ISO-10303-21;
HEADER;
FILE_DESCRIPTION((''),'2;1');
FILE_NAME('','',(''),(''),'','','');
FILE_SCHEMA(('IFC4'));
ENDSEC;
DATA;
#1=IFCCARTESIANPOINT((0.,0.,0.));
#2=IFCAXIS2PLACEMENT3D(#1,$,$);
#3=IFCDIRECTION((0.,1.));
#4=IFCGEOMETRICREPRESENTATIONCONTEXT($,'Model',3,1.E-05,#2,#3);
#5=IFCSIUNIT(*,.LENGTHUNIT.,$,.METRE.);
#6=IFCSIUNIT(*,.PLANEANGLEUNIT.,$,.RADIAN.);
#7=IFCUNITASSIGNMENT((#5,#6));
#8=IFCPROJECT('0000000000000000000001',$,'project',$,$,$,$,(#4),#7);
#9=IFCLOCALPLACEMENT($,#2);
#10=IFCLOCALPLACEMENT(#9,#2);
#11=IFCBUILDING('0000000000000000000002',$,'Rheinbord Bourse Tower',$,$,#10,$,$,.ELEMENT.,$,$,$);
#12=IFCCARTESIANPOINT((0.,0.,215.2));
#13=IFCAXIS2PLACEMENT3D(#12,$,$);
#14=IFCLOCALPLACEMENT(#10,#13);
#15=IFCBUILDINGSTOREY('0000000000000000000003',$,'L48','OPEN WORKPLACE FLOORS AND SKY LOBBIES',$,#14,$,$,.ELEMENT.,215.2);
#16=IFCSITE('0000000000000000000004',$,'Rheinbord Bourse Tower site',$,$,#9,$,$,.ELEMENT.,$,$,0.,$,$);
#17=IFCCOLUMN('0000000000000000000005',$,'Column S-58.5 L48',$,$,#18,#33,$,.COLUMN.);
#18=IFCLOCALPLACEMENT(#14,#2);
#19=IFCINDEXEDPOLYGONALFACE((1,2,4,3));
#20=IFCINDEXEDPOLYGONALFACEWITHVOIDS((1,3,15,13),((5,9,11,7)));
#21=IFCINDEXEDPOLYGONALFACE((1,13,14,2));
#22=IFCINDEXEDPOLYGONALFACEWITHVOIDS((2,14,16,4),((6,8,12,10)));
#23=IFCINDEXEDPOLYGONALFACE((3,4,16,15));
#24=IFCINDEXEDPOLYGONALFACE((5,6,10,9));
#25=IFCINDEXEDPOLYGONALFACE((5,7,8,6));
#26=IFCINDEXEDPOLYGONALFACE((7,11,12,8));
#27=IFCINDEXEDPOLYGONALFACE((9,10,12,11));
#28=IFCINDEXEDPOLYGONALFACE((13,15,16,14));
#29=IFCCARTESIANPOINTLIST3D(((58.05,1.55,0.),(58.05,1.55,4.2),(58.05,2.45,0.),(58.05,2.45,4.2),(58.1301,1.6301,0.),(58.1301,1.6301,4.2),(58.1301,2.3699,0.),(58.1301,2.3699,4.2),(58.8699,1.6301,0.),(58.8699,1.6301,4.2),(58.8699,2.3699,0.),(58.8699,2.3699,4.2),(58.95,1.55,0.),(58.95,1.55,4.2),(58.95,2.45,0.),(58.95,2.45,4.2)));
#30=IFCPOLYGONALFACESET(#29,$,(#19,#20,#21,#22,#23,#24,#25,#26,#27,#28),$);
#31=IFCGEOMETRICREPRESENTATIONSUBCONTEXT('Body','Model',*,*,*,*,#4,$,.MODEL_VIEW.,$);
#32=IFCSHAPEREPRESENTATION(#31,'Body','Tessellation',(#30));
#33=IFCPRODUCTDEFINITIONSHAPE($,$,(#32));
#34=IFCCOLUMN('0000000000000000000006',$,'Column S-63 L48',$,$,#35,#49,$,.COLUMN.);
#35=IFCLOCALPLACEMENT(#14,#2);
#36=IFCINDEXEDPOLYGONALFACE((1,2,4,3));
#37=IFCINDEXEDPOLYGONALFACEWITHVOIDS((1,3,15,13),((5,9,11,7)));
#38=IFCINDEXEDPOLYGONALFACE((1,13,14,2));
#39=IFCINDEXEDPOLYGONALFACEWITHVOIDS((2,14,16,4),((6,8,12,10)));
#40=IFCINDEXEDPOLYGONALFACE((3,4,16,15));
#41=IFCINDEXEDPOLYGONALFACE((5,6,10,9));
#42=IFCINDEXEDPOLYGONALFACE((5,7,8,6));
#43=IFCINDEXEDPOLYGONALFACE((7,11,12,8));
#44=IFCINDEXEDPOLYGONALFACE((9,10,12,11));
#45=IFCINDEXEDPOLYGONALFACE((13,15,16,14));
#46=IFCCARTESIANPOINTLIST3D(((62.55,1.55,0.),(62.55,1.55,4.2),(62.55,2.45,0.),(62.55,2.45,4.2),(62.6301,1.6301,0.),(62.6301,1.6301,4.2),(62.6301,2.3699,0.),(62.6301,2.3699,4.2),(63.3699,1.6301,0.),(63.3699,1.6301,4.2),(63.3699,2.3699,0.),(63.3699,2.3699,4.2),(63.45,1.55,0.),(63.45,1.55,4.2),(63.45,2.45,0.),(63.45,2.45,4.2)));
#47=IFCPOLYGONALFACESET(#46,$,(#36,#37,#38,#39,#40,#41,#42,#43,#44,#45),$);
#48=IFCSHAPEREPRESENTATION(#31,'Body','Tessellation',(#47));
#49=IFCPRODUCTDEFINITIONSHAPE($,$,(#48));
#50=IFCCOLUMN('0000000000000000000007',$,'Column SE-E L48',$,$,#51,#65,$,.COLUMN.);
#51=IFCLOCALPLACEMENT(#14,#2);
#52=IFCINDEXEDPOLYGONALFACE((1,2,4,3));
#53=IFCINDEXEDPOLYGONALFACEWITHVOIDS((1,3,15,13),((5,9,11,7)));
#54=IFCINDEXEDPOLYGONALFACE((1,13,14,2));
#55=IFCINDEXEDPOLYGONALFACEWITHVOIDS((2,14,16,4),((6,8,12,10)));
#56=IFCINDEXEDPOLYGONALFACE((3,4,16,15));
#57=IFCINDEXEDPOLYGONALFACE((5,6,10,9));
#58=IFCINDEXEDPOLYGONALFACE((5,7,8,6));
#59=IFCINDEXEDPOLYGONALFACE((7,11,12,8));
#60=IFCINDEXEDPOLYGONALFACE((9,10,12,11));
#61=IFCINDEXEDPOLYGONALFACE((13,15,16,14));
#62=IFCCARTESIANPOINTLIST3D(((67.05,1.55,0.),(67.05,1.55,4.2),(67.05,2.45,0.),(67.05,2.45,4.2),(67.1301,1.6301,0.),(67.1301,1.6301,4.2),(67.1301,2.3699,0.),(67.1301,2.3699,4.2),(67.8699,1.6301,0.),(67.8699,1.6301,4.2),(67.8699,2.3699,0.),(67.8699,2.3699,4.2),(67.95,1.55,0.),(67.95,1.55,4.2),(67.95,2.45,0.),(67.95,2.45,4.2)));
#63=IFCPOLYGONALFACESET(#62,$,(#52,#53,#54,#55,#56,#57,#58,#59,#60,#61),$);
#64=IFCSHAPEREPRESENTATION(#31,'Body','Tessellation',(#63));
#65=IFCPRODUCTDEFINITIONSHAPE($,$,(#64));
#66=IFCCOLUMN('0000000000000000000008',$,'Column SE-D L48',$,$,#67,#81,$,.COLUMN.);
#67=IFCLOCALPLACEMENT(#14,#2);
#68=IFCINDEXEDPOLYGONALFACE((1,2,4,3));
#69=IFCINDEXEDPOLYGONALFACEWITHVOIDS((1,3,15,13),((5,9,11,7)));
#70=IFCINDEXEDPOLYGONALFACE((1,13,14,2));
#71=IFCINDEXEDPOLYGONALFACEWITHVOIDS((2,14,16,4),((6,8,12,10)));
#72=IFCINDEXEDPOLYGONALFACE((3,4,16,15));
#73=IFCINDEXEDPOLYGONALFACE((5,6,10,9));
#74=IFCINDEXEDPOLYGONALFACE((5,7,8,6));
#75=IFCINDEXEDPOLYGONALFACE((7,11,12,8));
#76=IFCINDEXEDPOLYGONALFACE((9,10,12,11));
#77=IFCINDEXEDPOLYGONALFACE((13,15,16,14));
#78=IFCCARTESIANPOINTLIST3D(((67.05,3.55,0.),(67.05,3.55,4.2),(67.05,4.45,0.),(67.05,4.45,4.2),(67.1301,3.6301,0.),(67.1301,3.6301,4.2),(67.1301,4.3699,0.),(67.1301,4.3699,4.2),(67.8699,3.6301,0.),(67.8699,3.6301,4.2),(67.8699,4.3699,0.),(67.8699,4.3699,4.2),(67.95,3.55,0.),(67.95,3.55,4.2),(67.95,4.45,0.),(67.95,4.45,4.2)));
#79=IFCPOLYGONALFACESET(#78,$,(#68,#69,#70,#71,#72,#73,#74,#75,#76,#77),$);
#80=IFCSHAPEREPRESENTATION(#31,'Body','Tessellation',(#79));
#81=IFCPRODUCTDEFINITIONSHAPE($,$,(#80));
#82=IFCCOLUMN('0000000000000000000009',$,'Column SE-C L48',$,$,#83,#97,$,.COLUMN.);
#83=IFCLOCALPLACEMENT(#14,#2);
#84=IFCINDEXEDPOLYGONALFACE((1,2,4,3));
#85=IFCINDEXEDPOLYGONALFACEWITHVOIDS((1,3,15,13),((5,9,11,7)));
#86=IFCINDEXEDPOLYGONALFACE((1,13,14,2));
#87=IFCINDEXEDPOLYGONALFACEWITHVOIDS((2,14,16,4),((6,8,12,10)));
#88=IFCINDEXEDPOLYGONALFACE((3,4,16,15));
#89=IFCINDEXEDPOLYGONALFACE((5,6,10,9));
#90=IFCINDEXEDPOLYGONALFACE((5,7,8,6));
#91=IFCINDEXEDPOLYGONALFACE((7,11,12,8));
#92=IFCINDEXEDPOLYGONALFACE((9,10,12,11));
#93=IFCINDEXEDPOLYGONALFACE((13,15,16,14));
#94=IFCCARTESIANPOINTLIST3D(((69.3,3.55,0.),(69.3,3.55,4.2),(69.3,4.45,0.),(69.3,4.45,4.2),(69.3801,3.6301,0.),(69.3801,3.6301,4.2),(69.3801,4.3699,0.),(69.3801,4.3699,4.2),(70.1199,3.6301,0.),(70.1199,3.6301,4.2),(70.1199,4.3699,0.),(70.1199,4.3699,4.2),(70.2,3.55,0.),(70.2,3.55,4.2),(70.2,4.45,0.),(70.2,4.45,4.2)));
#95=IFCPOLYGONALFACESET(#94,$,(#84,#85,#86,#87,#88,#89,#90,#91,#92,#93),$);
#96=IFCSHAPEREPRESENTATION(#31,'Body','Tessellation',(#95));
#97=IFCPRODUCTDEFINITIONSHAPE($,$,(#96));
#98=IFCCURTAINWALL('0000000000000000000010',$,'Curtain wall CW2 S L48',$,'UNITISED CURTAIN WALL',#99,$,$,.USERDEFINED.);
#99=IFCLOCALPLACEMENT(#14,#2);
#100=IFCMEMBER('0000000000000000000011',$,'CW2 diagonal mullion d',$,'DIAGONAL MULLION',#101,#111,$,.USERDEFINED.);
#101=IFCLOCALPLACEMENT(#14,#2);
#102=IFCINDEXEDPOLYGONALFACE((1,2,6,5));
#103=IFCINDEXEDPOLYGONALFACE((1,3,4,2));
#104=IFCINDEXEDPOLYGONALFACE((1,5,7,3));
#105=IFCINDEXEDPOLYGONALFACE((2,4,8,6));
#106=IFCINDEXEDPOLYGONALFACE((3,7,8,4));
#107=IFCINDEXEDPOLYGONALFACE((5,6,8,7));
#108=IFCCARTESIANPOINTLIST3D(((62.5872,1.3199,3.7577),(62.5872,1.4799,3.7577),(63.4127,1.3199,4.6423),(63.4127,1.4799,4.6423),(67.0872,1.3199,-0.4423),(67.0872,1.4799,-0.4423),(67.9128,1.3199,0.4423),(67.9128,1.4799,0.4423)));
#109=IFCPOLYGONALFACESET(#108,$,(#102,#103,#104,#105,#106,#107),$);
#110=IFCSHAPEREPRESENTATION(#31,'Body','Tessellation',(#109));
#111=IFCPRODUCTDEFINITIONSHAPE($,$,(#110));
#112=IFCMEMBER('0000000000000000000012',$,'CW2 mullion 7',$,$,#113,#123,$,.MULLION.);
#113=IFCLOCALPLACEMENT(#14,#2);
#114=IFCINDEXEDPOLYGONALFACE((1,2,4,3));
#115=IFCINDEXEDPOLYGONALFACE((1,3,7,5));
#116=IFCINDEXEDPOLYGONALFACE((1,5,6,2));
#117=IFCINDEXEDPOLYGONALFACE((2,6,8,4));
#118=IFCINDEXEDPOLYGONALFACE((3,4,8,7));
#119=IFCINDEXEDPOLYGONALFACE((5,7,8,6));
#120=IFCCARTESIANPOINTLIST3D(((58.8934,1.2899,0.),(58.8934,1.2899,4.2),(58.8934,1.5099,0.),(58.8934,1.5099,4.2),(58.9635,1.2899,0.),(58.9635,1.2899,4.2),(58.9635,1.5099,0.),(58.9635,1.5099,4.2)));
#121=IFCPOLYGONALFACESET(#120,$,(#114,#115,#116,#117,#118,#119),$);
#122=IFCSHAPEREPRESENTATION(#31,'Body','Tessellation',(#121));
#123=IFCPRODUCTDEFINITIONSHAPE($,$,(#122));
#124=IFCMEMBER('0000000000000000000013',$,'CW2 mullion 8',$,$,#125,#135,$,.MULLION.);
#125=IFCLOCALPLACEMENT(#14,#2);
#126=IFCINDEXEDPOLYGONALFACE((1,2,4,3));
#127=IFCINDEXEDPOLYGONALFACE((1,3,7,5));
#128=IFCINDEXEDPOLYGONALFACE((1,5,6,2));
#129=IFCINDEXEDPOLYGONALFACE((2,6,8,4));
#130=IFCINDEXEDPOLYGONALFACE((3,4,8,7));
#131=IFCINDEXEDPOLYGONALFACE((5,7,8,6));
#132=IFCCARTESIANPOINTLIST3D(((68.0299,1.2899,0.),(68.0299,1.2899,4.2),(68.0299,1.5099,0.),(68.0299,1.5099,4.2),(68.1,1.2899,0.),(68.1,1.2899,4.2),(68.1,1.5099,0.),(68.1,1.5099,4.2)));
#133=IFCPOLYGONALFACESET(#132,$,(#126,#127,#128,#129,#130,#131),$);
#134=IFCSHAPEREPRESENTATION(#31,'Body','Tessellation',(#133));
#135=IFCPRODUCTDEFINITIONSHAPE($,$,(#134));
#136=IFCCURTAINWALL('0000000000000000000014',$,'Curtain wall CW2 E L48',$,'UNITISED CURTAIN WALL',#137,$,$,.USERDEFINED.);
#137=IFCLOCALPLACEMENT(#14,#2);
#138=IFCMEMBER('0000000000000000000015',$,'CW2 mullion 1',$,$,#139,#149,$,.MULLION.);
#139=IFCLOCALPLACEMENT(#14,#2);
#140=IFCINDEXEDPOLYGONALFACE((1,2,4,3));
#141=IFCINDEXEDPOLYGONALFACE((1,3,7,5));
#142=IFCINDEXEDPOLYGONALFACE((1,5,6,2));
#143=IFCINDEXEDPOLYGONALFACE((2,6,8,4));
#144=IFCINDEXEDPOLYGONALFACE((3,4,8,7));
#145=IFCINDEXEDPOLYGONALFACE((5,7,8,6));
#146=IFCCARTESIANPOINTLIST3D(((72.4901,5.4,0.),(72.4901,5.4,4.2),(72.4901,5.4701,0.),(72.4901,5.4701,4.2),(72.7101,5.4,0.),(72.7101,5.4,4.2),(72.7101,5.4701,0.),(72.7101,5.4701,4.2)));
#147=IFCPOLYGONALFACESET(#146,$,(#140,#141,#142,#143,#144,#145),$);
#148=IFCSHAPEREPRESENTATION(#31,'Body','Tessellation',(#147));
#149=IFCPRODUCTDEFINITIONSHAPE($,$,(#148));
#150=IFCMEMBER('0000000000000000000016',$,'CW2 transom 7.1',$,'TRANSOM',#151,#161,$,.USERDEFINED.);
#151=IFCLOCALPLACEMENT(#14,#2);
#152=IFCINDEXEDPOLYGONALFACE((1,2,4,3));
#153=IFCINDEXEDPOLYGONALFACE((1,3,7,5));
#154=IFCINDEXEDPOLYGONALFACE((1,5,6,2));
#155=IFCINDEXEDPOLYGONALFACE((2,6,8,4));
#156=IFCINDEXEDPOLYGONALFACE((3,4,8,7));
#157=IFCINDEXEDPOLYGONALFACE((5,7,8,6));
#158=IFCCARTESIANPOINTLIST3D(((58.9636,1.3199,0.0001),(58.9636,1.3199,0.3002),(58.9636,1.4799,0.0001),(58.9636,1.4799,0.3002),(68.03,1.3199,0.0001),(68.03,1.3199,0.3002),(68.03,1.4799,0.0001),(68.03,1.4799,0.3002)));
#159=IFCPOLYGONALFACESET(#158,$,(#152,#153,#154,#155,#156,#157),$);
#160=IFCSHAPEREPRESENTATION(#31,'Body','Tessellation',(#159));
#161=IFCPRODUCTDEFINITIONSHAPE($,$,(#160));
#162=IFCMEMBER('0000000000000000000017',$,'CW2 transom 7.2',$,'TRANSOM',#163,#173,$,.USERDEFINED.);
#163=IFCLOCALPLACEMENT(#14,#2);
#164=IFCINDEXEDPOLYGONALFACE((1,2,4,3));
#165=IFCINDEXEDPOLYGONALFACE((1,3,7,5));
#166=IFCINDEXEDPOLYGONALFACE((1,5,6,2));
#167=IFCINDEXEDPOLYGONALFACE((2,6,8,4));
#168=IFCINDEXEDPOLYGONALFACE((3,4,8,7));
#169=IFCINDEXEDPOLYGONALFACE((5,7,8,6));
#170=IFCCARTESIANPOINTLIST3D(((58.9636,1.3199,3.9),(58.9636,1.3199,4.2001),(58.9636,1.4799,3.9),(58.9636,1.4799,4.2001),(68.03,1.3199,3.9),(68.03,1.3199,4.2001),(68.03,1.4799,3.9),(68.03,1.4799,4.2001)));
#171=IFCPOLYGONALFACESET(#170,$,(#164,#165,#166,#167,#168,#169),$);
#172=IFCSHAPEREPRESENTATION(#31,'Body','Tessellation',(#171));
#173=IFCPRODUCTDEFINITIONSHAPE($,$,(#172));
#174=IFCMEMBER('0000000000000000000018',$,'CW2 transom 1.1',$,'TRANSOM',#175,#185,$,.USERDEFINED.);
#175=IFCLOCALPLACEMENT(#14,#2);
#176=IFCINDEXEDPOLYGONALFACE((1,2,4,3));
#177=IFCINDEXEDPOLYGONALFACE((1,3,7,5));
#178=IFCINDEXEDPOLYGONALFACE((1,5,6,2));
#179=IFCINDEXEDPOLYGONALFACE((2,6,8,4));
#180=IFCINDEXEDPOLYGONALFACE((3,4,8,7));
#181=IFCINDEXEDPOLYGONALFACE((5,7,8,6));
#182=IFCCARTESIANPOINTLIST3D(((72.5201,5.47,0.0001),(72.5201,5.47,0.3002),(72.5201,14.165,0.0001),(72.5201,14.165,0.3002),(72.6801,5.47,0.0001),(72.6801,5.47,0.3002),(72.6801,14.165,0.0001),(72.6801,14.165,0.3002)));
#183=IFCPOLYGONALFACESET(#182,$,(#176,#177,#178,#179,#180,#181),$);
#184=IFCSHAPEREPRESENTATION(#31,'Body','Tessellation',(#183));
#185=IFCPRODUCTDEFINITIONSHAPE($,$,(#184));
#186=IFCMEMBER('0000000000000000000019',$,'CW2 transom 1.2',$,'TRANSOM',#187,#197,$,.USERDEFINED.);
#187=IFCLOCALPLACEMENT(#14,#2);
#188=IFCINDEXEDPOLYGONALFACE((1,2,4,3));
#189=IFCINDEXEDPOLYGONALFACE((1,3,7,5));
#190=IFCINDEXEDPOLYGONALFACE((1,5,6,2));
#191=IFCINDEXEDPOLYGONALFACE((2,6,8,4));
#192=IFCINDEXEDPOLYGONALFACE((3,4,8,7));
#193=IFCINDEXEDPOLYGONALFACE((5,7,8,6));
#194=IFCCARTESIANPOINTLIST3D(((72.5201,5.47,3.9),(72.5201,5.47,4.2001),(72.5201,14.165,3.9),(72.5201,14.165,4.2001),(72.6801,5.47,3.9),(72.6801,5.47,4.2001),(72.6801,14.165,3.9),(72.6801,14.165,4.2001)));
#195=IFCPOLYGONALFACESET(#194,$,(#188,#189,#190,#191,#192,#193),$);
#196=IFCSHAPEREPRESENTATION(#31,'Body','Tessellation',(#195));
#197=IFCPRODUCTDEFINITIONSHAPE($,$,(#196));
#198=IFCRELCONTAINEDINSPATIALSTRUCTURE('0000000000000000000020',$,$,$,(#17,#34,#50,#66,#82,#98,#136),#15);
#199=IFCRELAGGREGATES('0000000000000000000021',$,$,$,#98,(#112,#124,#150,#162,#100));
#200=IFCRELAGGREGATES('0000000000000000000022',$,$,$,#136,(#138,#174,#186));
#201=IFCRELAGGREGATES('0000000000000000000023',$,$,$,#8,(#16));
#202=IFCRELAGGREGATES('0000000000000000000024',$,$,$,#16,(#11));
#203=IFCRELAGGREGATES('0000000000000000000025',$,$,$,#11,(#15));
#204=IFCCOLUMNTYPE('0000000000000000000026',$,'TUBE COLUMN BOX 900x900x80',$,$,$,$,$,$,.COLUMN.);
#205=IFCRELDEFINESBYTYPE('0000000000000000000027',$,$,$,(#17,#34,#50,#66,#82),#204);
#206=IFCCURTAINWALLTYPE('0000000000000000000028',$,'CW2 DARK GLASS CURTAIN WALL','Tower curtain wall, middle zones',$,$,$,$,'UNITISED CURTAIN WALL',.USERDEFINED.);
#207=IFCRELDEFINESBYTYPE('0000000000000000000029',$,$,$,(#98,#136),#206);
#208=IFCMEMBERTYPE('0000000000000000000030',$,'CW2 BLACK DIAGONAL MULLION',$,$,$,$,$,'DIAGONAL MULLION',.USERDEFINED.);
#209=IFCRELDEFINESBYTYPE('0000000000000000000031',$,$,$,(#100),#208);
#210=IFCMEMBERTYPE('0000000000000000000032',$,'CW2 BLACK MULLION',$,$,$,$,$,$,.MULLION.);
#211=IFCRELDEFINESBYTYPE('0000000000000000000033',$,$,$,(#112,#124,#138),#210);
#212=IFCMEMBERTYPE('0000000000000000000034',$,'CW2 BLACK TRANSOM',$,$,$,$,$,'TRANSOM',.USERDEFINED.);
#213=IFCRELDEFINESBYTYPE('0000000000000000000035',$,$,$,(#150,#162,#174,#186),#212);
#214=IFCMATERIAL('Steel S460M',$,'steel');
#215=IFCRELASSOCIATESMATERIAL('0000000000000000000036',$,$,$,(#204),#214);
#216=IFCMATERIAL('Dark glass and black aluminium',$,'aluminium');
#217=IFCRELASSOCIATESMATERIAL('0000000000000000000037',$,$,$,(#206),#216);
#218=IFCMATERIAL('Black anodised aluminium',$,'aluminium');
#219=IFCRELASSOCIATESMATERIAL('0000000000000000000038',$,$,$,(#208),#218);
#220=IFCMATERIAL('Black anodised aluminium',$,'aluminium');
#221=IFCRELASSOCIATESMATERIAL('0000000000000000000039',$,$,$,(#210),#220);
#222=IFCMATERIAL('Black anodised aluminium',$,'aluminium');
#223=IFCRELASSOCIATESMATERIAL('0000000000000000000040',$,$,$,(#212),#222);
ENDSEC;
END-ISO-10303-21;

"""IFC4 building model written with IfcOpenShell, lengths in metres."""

from ifc_helpers import new_model, si_unit, direction, frame, origin, origin_2d, place, context, subcontext, project, spatial, rectangle, hollow_rectangle, extrude, material, material_profile, profile_set, type_object, element, aggregate, save


model = new_model("IFC4")

# Units and contexts
model_context = context("Model", 3, precision=1e-05, world=origin(), true_north=direction((0.0, 1.0)))
body_context = subcontext(model_context, "Body", "Model", "MODEL_VIEW")
ifc_project = project(units=[si_unit("LENGTHUNIT", "METRE"), si_unit("PLANEANGLEUNIT", "RADIAN")], contexts=[model_context])

# Site, building, storey
site_placement = place(None, origin())
site = spatial("IfcSite", under=ifc_project, at=site_placement, Name="Rheinbord Bourse Tower site", CompositionType="ELEMENT", RefElevation=0.0)
building_placement = place(site_placement, origin())
building = spatial("IfcBuilding", under=site, at=building_placement, Name="Rheinbord Bourse Tower", CompositionType="ELEMENT")
storey_placement = place(building_placement, frame((0.0, 0.0, 215.2)))
storey = spatial("IfcBuildingStorey", under=building, at=storey_placement, Name="L48", Description="OPEN WORKPLACE FLOORS AND SKY LOBBIES", CompositionType="ELEMENT", Elevation=215.2)

# Columns
ifc_material_1 = material(Name="Steel S460M", Category="steel")
ifc_material_profile_1 = material_profile(ifc_material_1, hollow_rectangle(XDim=0.8999, YDim=0.8999, WallThickness=0.0801, at=origin_2d()), Name="BOX 900x900x80")
ifc_profile_set_1 = profile_set([ifc_material_profile_1], Name="Steel S460M")
column_type = type_object("IfcColumnType", Name="TUBE COLUMN BOX 900x900x80", PredefinedType="COLUMN", material=ifc_profile_set_1)
for number, where, z_axis, x_axis, name in (
    (1, (58.5, 2.0, 0.0), (0.0, 0.0, 1.0), (0.0, 1.0, 0.0), "Column S-58.5 L48"),
    (2, (63.0, 2.0, 0.0), (0.0, 0.0, 1.0), (0.0, 1.0, 0.0), "Column S-63 L48"),
    (3, (67.5, 2.0, 0.0), (0.0, 0.0, 1.0), (0.0, 1.0, 0.0), "Column SE-E L48"),
    (4, (67.5, 4.0, 0.0), (0.0, 0.0, 1.0), (0.0, 1.0, 0.0), "Column SE-D L48"),
    (5, (69.75, 4.0, 0.0), (0.0, 0.0, 1.0), (1.0, 0.0, 0.0), "Column SE-C L48"),
):
    element("IfcColumn", number, at=place(storey_placement, frame(where, z_axis=z_axis, x_axis=x_axis)), inside=storey, type_object=column_type, Name=name, PredefinedType="COLUMN", context=body_context, shape_type="SweptSolid", body=[
        extrude(hollow_rectangle(XDim=0.8999, YDim=0.8999, WallThickness=0.0801, at=origin_2d()), origin(), (0.0, 0.0, 1.0), 4.2),
    ])

# Curtain wall, members
ifc_material_2 = material(Name="Dark glass and black aluminium", Category="aluminium")
curtain_wall_type = type_object("IfcCurtainWallType", Name="CW2 DARK GLASS CURTAIN WALL", Description="Tower curtain wall, middle zones", ElementType="UNITISED CURTAIN WALL", PredefinedType="USERDEFINED", material=ifc_material_2)
curtain_wall_1_placement = place(storey_placement, origin())
curtain_wall_1 = element("IfcCurtainWall", 6, at=curtain_wall_1_placement, inside=storey, type_object=curtain_wall_type, Name="Curtain wall CW2 S L48", ObjectType="UNITISED CURTAIN WALL", PredefinedType="USERDEFINED")
ifc_material_3 = material(Name="Black anodised aluminium", Category="aluminium")
ifc_material_profile_2 = material_profile(ifc_material_3, rectangle(XDim=0.1599, YDim=1.21, at=origin_2d()), Name="CW2 DIAGONAL MULLION 1210x160")
ifc_profile_set_2 = profile_set([ifc_material_profile_2], Name="Black anodised aluminium")
member_type_1 = type_object("IfcMemberType", Name="CW2 BLACK DIAGONAL MULLION", ElementType="DIAGONAL MULLION", PredefinedType="USERDEFINED", material=ifc_profile_set_2)
member_1_placement = place(storey_placement, frame((67.5, 1.3999, 0.0), z_axis=(-0.731059, 0.0, 0.682314), x_axis=(0.0, -1.0, 0.0)))
member_1 = element("IfcMember", 7, at=member_1_placement, type_object=member_type_1, Name="CW2 diagonal mullion d", ObjectType="DIAGONAL MULLION", PredefinedType="USERDEFINED", context=body_context, shape_type="SweptSolid", body=[
    extrude(rectangle(XDim=0.1599, YDim=1.21, at=origin_2d()), origin(), (0.0, 0.0, 1.0), 6.1555),
])
ifc_material_4 = material(Name="Black anodised aluminium", Category="aluminium")
ifc_material_profile_3 = material_profile(ifc_material_4, rectangle(XDim=0.22, YDim=0.0701, at=origin_2d()), Name="CW2 MULLION 70x220")
ifc_profile_set_3 = profile_set([ifc_material_profile_3], Name="Black anodised aluminium")
member_type_2 = type_object("IfcMemberType", Name="CW2 BLACK MULLION", PredefinedType="MULLION", material=ifc_profile_set_3)
member_2_placement = place(storey_placement, frame((58.9285, 1.3999, 0.0), z_axis=(0.0, 0.0, 1.0), x_axis=(0.0, 1.0, 0.0)))
member_2 = element("IfcMember", 8, at=member_2_placement, type_object=member_type_2, Name="CW2 mullion 7", PredefinedType="MULLION", context=body_context, shape_type="SweptSolid", body=[
    extrude(rectangle(XDim=0.22, YDim=0.0701, at=origin_2d()), origin(), (0.0, 0.0, 1.0), 4.2),
])
member_3_placement = place(storey_placement, frame((68.0649, 1.3999, 0.0), z_axis=(0.0, 0.0, 1.0), x_axis=(0.0, 1.0, 0.0)))
member_3 = element("IfcMember", 9, at=member_3_placement, type_object=member_type_2, Name="CW2 mullion 8", PredefinedType="MULLION", context=body_context, shape_type="SweptSolid", body=[
    extrude(rectangle(XDim=0.22, YDim=0.0701, at=origin_2d()), origin(), (0.0, 0.0, 1.0), 4.2),
])

# Curtain wall, member
curtain_wall_2_placement = place(storey_placement, origin())
curtain_wall_2 = element("IfcCurtainWall", 10, at=curtain_wall_2_placement, inside=storey, type_object=curtain_wall_type, Name="Curtain wall CW2 E L48", ObjectType="UNITISED CURTAIN WALL", PredefinedType="USERDEFINED")
member_4_placement = place(storey_placement, frame((72.6001, 5.4351, 0.0), z_axis=(0.0, 0.0, 1.0), x_axis=(-1.0, 0.0, 0.0)))
member_4 = element("IfcMember", 11, at=member_4_placement, type_object=member_type_2, Name="CW2 mullion 1", PredefinedType="MULLION", context=body_context, shape_type="SweptSolid", body=[
    extrude(rectangle(XDim=0.22, YDim=0.0701, at=origin_2d()), origin(), (0.0, 0.0, 1.0), 4.2),
])

# Members
ifc_material_5 = material(Name="Black anodised aluminium", Category="aluminium")
ifc_material_profile_4 = material_profile(ifc_material_5, rectangle(XDim=0.1599, YDim=0.3, at=origin_2d()), Name="CW2 TRANSOM 300x160")
ifc_profile_set_4 = profile_set([ifc_material_profile_4], Name="Black anodised aluminium")
member_type_3 = type_object("IfcMemberType", Name="CW2 BLACK TRANSOM", ElementType="TRANSOM", PredefinedType="USERDEFINED", material=ifc_profile_set_4)
member_5_placement = place(storey_placement, frame((58.9636, 1.3999, 0.1501), z_axis=(1.0, 0.0, 0.0), x_axis=(0.0, 1.0, 0.0)))
member_5 = element("IfcMember", 12, at=member_5_placement, type_object=member_type_3, Name="CW2 transom 7.1", ObjectType="TRANSOM", PredefinedType="USERDEFINED", context=body_context, shape_type="SweptSolid", body=[
    extrude(rectangle(XDim=0.1599, YDim=0.3, at=origin_2d()), origin(), (0.0, 0.0, 1.0), 9.0664),
])
member_6_placement = place(storey_placement, frame((58.9636, 1.3999, 4.05), z_axis=(1.0, 0.0, 0.0), x_axis=(0.0, 1.0, 0.0)))
member_6 = element("IfcMember", 13, at=member_6_placement, type_object=member_type_3, Name="CW2 transom 7.2", ObjectType="TRANSOM", PredefinedType="USERDEFINED", context=body_context, shape_type="SweptSolid", body=[
    extrude(rectangle(XDim=0.1599, YDim=0.3, at=origin_2d()), origin(), (0.0, 0.0, 1.0), 9.0664),
])
member_7_placement = place(storey_placement, frame((72.6001, 5.47, 0.1501), z_axis=(0.0, 1.0, 0.0), x_axis=(-1.0, 0.0, 0.0)))
member_7 = element("IfcMember", 14, at=member_7_placement, type_object=member_type_3, Name="CW2 transom 1.1", ObjectType="TRANSOM", PredefinedType="USERDEFINED", context=body_context, shape_type="SweptSolid", body=[
    extrude(rectangle(XDim=0.1599, YDim=0.3, at=origin_2d()), origin(), (0.0, 0.0, 1.0), 8.6951),
])
member_8_placement = place(storey_placement, frame((72.6001, 5.47, 4.05), z_axis=(0.0, 1.0, 0.0), x_axis=(-1.0, 0.0, 0.0)))
member_8 = element("IfcMember", 15, at=member_8_placement, type_object=member_type_3, Name="CW2 transom 1.2", ObjectType="TRANSOM", PredefinedType="USERDEFINED", context=body_context, shape_type="SweptSolid", body=[
    extrude(rectangle(XDim=0.1599, YDim=0.3, at=origin_2d()), origin(), (0.0, 0.0, 1.0), 8.6951),
])

aggregate(curtain_wall_1, [member_2, member_3, member_5, member_6, member_1])
aggregate(curtain_wall_2, [member_4, member_7, member_8])

save(model, "model.ifc")
